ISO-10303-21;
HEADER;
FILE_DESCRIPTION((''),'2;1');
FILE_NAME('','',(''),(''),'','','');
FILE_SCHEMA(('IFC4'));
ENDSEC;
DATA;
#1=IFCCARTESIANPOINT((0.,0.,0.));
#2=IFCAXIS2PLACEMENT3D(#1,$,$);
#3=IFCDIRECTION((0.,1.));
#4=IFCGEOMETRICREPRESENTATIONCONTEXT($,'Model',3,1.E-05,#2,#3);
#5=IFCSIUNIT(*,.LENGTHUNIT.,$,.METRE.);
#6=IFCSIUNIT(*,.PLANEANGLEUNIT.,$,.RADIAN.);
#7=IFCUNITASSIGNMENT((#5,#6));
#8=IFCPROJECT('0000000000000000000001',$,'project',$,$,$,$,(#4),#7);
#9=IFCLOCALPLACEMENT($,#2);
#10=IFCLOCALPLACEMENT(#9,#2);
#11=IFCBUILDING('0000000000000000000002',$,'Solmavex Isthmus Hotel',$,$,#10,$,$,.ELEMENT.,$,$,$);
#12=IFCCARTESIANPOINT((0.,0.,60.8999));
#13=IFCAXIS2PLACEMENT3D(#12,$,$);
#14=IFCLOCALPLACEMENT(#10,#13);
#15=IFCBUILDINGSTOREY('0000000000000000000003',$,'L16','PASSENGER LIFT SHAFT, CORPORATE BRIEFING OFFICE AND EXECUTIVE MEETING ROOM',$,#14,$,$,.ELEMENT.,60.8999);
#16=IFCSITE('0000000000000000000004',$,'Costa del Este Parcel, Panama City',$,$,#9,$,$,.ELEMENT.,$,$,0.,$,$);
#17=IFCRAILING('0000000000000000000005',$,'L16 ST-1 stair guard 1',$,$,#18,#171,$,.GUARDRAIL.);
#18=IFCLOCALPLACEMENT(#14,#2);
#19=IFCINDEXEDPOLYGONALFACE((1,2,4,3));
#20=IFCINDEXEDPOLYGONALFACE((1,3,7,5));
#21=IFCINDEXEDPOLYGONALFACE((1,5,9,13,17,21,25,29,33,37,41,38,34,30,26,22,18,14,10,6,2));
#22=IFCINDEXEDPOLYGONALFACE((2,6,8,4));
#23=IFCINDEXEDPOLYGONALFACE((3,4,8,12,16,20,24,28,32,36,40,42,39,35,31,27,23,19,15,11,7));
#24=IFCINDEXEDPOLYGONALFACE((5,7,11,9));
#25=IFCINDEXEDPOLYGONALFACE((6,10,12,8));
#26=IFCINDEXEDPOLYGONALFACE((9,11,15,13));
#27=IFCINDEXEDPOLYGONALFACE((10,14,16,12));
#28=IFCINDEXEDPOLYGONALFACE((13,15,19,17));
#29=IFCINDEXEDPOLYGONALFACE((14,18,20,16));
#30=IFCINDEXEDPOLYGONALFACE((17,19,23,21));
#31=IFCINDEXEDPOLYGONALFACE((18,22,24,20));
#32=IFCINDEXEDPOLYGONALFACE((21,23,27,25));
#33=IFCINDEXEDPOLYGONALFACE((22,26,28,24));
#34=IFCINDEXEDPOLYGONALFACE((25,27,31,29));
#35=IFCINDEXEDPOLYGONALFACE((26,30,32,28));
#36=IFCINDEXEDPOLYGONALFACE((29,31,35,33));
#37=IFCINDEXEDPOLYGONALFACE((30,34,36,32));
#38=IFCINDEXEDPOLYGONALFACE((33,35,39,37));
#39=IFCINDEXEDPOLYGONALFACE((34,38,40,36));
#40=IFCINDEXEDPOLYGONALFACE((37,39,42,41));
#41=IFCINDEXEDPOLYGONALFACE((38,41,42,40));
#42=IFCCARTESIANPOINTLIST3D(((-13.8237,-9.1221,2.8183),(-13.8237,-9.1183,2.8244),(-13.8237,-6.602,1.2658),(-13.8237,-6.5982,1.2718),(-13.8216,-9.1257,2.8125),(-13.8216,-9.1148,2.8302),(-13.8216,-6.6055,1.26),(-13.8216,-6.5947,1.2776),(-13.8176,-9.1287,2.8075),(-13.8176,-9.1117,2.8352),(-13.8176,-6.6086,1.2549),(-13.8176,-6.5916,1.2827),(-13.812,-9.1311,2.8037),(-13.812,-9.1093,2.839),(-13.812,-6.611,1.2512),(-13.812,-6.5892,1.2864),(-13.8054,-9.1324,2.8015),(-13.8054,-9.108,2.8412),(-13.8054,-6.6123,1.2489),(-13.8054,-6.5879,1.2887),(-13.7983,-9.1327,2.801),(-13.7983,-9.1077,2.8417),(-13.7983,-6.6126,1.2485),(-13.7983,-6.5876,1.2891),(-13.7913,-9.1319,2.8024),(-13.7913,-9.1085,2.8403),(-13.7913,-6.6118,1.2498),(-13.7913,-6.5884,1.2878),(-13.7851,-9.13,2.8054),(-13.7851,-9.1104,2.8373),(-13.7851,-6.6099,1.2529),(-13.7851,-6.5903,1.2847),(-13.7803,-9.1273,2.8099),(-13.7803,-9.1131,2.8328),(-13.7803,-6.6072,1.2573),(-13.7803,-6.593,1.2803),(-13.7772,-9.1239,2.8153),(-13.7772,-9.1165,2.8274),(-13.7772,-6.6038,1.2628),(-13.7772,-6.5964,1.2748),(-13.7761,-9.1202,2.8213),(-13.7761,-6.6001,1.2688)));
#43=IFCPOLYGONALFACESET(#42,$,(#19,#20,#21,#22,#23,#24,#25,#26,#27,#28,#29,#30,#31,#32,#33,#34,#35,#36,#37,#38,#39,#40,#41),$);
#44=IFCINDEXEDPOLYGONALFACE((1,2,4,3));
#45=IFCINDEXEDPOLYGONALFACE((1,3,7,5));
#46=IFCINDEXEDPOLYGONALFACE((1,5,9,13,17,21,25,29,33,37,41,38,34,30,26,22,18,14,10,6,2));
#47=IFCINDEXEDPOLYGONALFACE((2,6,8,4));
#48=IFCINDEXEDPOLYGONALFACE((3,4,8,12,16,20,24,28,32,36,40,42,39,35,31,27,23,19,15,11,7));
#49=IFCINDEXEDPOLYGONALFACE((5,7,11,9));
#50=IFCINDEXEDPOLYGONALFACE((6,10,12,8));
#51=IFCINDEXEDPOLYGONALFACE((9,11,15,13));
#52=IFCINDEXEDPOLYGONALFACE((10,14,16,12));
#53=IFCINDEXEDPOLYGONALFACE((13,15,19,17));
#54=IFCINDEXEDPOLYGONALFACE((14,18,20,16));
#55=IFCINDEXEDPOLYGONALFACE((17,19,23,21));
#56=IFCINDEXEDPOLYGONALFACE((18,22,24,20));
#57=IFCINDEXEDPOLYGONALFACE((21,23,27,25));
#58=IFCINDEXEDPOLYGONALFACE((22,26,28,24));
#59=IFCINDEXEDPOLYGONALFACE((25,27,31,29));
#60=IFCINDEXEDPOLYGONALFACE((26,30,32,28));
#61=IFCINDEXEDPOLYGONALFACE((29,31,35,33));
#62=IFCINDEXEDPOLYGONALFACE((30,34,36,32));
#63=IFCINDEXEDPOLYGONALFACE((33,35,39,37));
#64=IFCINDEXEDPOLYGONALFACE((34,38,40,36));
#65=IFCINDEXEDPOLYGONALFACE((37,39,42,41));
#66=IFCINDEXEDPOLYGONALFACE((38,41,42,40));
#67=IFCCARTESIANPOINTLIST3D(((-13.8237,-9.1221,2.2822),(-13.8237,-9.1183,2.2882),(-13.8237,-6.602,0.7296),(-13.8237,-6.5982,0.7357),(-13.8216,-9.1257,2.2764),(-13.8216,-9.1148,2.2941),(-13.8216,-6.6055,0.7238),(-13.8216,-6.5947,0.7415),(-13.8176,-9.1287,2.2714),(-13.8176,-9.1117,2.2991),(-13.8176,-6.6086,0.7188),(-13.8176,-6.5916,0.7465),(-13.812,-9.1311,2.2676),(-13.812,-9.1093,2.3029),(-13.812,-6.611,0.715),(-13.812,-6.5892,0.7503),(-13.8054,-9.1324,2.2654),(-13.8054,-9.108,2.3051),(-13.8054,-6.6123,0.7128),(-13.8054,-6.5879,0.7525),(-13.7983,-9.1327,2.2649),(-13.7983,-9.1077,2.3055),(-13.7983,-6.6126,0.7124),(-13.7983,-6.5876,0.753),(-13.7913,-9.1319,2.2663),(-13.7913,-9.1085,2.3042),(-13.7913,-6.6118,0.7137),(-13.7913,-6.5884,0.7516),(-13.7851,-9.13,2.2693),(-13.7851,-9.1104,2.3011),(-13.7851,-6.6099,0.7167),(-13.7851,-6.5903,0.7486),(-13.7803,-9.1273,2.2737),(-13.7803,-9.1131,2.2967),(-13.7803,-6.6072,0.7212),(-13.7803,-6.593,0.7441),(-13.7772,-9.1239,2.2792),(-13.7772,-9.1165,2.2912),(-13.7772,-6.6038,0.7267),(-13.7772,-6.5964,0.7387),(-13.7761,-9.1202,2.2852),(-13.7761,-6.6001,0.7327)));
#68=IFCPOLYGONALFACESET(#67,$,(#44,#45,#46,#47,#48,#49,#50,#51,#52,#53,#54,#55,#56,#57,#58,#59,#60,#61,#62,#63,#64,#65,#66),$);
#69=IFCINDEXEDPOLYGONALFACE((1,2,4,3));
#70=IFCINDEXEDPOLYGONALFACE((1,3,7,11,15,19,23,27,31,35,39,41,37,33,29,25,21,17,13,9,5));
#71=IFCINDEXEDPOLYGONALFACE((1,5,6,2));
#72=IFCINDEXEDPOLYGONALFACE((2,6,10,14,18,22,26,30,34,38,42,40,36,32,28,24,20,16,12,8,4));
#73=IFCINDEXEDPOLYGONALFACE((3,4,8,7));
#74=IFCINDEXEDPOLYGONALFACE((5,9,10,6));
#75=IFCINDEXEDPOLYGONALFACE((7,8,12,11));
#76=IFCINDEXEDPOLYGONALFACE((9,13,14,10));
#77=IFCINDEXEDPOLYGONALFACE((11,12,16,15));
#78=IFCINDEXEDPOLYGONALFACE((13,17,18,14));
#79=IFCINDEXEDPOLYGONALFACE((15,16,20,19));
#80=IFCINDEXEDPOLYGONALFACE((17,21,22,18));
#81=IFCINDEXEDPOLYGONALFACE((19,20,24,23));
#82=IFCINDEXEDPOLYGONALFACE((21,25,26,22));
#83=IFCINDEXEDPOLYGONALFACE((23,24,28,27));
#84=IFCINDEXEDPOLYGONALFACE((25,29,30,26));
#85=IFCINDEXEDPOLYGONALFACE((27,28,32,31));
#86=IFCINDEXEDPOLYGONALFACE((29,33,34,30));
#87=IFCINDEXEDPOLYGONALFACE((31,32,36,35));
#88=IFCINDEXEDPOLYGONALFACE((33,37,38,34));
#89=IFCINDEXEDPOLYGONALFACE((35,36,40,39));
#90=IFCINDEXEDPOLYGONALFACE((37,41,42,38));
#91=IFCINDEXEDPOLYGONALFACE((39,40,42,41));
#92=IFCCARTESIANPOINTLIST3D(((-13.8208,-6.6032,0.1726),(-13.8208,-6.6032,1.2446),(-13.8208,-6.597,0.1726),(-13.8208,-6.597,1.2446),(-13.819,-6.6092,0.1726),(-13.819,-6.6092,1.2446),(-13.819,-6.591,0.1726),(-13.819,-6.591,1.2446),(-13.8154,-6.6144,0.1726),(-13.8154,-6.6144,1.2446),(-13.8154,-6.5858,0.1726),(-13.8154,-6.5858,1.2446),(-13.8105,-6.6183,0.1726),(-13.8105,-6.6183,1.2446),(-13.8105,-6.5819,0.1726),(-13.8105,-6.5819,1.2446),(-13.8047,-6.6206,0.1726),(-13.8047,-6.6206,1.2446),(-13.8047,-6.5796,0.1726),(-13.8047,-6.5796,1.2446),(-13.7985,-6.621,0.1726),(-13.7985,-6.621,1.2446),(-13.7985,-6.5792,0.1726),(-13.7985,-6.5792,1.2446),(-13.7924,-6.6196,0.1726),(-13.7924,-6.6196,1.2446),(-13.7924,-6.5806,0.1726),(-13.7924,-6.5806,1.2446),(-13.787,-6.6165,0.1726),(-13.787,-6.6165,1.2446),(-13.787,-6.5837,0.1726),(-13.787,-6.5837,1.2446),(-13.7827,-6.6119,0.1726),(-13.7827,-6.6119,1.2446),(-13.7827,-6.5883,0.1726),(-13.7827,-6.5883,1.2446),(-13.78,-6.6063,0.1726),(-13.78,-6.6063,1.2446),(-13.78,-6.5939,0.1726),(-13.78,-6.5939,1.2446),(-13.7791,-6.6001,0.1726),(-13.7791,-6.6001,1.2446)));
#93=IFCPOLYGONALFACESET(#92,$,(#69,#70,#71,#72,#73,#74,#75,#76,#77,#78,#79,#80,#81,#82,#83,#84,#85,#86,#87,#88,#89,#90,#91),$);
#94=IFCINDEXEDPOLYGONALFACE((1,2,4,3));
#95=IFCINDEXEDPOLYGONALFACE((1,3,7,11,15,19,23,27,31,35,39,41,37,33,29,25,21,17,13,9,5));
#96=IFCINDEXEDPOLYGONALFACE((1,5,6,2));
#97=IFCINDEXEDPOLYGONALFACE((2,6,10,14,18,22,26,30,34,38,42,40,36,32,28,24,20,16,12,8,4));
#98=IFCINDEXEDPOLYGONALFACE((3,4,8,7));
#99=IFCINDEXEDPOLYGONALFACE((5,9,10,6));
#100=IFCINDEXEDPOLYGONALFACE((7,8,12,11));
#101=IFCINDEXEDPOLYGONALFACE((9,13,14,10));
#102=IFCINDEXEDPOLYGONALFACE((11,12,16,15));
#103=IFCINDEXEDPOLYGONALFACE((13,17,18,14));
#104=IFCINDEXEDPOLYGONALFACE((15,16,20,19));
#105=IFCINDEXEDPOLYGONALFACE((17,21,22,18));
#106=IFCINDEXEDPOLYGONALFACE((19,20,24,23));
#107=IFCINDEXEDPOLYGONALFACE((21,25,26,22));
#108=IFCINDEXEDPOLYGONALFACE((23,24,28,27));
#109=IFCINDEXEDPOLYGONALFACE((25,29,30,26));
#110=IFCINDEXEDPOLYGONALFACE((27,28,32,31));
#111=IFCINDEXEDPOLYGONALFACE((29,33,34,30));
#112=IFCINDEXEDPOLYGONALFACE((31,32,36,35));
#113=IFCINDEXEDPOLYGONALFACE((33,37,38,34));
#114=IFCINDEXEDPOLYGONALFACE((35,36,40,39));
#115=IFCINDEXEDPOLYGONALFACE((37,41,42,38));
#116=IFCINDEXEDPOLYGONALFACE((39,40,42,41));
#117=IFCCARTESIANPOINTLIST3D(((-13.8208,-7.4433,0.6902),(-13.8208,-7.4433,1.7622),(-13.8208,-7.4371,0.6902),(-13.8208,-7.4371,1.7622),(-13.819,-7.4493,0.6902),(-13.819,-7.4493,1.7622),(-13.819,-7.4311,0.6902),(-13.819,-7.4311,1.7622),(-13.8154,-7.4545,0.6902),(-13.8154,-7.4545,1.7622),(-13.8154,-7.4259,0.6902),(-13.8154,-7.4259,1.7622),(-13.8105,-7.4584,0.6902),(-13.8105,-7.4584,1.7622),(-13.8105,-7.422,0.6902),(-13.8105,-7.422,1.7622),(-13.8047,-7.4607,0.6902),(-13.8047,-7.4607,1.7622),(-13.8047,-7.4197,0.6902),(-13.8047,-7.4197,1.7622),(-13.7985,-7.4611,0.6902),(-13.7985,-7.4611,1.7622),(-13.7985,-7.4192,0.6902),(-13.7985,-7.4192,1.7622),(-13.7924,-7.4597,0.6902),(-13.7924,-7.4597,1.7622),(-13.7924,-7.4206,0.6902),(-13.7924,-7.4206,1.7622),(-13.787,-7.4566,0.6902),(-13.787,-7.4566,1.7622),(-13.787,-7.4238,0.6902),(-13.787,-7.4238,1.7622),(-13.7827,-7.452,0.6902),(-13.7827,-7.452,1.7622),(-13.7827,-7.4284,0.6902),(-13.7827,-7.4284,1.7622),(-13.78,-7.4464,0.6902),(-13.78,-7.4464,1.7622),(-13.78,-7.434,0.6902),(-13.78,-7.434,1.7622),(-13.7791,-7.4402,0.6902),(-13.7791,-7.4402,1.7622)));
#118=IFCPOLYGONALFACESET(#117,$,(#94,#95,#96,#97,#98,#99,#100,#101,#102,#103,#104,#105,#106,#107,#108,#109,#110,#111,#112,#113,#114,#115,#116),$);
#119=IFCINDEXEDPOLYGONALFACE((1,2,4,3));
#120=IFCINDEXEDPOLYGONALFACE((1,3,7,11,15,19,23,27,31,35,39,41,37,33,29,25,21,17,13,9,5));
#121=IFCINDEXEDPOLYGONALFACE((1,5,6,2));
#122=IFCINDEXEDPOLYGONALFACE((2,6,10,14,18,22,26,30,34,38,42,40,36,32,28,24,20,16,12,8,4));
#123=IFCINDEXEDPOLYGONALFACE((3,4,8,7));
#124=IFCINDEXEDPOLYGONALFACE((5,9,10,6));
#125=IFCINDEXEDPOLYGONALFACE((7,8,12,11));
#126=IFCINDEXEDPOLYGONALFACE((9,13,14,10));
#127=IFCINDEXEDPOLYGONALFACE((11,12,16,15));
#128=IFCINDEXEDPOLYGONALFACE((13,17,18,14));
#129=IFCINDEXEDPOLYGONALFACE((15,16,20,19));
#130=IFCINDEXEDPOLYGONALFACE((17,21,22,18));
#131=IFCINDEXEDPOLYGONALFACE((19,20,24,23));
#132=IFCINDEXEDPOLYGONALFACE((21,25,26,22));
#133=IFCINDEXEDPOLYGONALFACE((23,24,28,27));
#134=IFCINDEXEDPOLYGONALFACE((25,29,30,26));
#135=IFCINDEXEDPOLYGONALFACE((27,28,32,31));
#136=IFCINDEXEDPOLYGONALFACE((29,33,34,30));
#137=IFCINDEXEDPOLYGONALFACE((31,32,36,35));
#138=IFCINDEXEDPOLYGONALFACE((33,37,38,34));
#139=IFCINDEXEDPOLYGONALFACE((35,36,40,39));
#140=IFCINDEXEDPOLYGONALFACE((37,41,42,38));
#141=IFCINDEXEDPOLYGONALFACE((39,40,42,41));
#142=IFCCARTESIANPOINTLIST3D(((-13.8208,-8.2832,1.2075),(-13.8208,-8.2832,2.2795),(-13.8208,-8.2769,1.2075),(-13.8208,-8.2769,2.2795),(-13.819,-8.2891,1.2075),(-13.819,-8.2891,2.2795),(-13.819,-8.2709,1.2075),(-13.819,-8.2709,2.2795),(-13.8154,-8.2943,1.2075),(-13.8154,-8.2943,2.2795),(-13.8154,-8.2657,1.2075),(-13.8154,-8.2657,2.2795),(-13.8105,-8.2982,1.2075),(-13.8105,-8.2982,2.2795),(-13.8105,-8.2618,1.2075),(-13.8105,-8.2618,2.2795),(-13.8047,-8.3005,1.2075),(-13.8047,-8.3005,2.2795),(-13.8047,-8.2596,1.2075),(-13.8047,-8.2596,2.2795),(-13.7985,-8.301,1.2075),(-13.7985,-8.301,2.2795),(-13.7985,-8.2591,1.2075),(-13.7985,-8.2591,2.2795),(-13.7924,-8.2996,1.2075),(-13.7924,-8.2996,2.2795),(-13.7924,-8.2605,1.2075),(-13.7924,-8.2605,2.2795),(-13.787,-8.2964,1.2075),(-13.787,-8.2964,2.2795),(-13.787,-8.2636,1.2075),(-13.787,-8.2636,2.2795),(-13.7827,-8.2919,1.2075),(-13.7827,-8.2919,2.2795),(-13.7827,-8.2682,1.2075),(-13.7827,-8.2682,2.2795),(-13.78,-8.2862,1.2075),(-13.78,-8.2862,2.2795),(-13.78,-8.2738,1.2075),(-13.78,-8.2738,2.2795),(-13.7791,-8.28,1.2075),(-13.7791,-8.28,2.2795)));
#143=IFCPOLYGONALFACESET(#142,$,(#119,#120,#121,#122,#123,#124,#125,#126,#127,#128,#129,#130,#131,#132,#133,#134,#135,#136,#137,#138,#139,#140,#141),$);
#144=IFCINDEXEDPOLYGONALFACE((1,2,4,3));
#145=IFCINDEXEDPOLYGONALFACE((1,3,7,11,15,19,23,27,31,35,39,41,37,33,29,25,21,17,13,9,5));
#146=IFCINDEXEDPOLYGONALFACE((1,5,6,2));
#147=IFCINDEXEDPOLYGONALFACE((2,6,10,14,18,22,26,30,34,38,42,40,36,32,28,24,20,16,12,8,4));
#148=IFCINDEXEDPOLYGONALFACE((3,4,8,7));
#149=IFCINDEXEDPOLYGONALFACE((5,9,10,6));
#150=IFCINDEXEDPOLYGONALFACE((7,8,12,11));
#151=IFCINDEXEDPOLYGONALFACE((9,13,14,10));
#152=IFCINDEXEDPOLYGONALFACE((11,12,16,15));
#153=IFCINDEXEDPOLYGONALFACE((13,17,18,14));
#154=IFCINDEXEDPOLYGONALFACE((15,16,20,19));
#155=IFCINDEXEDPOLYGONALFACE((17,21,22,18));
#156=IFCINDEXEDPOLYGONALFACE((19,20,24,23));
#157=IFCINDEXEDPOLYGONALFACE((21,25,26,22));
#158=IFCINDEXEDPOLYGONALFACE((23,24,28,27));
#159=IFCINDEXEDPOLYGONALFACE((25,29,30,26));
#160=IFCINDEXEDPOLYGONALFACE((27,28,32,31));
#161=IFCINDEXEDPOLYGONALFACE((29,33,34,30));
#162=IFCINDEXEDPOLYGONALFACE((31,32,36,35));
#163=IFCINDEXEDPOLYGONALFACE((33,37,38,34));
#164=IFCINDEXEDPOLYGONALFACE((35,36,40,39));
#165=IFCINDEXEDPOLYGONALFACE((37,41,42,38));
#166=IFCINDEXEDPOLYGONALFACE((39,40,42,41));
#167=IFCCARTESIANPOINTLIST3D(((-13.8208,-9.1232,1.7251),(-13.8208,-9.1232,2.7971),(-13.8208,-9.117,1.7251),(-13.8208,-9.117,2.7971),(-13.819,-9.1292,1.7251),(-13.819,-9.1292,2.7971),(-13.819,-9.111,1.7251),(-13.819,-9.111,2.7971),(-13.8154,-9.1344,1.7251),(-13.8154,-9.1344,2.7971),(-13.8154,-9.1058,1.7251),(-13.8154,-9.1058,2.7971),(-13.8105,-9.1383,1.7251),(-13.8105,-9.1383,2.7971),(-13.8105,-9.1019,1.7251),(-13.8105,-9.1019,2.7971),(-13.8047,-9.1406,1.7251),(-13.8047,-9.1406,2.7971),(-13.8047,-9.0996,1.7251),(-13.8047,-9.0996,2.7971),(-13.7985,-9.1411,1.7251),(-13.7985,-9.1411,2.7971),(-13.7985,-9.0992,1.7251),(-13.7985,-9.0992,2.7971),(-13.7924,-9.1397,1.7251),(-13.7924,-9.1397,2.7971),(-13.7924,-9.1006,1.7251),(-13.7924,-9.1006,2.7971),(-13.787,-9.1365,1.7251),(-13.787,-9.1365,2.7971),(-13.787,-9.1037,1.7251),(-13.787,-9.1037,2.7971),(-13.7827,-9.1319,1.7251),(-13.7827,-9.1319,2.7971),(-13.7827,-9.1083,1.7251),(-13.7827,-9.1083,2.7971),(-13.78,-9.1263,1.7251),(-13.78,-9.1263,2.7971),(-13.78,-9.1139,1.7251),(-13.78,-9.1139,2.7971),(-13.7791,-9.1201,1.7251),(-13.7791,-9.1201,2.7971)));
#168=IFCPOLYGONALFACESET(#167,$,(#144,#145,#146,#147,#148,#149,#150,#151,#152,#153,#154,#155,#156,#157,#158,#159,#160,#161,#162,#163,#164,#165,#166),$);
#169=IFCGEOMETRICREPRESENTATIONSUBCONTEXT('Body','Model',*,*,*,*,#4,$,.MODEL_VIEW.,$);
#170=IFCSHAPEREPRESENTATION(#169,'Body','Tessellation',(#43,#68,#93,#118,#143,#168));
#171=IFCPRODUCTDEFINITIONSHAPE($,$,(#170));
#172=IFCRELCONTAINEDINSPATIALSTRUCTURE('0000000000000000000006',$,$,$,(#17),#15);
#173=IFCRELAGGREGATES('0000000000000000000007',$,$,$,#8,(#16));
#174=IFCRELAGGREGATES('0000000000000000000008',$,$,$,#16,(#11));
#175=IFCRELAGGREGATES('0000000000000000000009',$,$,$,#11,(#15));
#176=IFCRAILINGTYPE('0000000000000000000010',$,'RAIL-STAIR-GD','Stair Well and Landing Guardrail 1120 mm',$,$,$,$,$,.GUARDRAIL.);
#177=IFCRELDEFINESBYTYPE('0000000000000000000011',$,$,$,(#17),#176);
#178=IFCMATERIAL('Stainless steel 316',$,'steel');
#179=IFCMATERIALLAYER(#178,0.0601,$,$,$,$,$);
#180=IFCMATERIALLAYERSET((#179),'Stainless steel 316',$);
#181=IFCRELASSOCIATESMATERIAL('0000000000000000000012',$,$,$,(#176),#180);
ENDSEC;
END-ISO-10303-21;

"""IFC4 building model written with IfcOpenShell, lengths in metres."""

from ifc_helpers import new_model, si_unit, direction, frame, origin, origin_2d, place, context, subcontext, project, spatial, circle, extrude, material, layer, layer_set, type_object, element, save


model = new_model("IFC4")

# Units and contexts
model_context = context("Model", 3, precision=1e-05, world=origin(), true_north=direction((0.0, 1.0)))
body_context = subcontext(model_context, "Body", "Model", "MODEL_VIEW")
ifc_project = project(units=[si_unit("LENGTHUNIT", "METRE"), si_unit("PLANEANGLEUNIT", "RADIAN")], contexts=[model_context])

# Site, building, storey
site_placement = place(None, origin())
site = spatial("IfcSite", under=ifc_project, at=site_placement, Name="Costa del Este Parcel, Panama City", CompositionType="ELEMENT", RefElevation=0.0)
building_placement = place(site_placement, origin())
building = spatial("IfcBuilding", under=site, at=building_placement, Name="Solmavex Isthmus Hotel", CompositionType="ELEMENT")
storey_placement = place(building_placement, frame((0.0, 0.0, 60.8999)))
storey = spatial("IfcBuildingStorey", under=building, at=storey_placement, Name="L16", Description="PASSENGER LIFT SHAFT, CORPORATE BRIEFING OFFICE AND EXECUTIVE MEETING ROOM", CompositionType="ELEMENT", Elevation=60.8999)

# Shared definitions
ifc_material_1 = material(Name="Stainless steel 316", Category="steel")

# Railing
ifc_layer_1 = layer(ifc_material_1, 0.0601)
ifc_layer_set_1 = layer_set([ifc_layer_1], Name="Stainless steel 316")
railing_type_1 = type_object("IfcRailingType", Name="RAIL-STAIR-GD", Description="Stair Well and Landing Guardrail 1120 mm", PredefinedType="GUARDRAIL", material=ifc_layer_set_1)
railing_1_placement = place(storey_placement, frame((-13.8, -6.6001, 0.1726)))
element("IfcRailing", 1, at=railing_1_placement, inside=storey, type_object=railing_type_1, Name="L16 ST-1 stair guard 1", PredefinedType="GUARDRAIL", context=body_context, shape_type="SweptSolid", body=[
    extrude(circle(Radius=0.0239, at=origin_2d()), frame((0.0, 0.0, 1.0962), z_axis=(0.0, -0.8514, 0.524516), x_axis=(1.0, 0.0, 0.0)), (0.0, 0.0, 1.0), 2.96),
    extrude(circle(Radius=0.0239, at=origin_2d()), frame((0.0, 0.0, 0.5601), z_axis=(0.0, -0.8514, 0.524516), x_axis=(1.0, 0.0, 0.0)), (0.0, 0.0, 1.0), 2.96),
    extrude(circle(Radius=0.021, at=origin_2d()), origin(), (0.0, 0.0, 1.0), 1.072),
    extrude(circle(Radius=0.021, at=origin_2d()), frame((0.0, -0.8401, 0.5176)), (0.0, 0.0, 1.0), 1.072),
    extrude(circle(Radius=0.021, at=origin_2d()), frame((0.0, -1.6799, 1.0349)), (0.0, 0.0, 1.0), 1.072),
    extrude(circle(Radius=0.021, at=origin_2d()), frame((0.0, -2.52, 1.5525)), (0.0, 0.0, 1.0), 1.072),
])

save(model, "model.ifc")
